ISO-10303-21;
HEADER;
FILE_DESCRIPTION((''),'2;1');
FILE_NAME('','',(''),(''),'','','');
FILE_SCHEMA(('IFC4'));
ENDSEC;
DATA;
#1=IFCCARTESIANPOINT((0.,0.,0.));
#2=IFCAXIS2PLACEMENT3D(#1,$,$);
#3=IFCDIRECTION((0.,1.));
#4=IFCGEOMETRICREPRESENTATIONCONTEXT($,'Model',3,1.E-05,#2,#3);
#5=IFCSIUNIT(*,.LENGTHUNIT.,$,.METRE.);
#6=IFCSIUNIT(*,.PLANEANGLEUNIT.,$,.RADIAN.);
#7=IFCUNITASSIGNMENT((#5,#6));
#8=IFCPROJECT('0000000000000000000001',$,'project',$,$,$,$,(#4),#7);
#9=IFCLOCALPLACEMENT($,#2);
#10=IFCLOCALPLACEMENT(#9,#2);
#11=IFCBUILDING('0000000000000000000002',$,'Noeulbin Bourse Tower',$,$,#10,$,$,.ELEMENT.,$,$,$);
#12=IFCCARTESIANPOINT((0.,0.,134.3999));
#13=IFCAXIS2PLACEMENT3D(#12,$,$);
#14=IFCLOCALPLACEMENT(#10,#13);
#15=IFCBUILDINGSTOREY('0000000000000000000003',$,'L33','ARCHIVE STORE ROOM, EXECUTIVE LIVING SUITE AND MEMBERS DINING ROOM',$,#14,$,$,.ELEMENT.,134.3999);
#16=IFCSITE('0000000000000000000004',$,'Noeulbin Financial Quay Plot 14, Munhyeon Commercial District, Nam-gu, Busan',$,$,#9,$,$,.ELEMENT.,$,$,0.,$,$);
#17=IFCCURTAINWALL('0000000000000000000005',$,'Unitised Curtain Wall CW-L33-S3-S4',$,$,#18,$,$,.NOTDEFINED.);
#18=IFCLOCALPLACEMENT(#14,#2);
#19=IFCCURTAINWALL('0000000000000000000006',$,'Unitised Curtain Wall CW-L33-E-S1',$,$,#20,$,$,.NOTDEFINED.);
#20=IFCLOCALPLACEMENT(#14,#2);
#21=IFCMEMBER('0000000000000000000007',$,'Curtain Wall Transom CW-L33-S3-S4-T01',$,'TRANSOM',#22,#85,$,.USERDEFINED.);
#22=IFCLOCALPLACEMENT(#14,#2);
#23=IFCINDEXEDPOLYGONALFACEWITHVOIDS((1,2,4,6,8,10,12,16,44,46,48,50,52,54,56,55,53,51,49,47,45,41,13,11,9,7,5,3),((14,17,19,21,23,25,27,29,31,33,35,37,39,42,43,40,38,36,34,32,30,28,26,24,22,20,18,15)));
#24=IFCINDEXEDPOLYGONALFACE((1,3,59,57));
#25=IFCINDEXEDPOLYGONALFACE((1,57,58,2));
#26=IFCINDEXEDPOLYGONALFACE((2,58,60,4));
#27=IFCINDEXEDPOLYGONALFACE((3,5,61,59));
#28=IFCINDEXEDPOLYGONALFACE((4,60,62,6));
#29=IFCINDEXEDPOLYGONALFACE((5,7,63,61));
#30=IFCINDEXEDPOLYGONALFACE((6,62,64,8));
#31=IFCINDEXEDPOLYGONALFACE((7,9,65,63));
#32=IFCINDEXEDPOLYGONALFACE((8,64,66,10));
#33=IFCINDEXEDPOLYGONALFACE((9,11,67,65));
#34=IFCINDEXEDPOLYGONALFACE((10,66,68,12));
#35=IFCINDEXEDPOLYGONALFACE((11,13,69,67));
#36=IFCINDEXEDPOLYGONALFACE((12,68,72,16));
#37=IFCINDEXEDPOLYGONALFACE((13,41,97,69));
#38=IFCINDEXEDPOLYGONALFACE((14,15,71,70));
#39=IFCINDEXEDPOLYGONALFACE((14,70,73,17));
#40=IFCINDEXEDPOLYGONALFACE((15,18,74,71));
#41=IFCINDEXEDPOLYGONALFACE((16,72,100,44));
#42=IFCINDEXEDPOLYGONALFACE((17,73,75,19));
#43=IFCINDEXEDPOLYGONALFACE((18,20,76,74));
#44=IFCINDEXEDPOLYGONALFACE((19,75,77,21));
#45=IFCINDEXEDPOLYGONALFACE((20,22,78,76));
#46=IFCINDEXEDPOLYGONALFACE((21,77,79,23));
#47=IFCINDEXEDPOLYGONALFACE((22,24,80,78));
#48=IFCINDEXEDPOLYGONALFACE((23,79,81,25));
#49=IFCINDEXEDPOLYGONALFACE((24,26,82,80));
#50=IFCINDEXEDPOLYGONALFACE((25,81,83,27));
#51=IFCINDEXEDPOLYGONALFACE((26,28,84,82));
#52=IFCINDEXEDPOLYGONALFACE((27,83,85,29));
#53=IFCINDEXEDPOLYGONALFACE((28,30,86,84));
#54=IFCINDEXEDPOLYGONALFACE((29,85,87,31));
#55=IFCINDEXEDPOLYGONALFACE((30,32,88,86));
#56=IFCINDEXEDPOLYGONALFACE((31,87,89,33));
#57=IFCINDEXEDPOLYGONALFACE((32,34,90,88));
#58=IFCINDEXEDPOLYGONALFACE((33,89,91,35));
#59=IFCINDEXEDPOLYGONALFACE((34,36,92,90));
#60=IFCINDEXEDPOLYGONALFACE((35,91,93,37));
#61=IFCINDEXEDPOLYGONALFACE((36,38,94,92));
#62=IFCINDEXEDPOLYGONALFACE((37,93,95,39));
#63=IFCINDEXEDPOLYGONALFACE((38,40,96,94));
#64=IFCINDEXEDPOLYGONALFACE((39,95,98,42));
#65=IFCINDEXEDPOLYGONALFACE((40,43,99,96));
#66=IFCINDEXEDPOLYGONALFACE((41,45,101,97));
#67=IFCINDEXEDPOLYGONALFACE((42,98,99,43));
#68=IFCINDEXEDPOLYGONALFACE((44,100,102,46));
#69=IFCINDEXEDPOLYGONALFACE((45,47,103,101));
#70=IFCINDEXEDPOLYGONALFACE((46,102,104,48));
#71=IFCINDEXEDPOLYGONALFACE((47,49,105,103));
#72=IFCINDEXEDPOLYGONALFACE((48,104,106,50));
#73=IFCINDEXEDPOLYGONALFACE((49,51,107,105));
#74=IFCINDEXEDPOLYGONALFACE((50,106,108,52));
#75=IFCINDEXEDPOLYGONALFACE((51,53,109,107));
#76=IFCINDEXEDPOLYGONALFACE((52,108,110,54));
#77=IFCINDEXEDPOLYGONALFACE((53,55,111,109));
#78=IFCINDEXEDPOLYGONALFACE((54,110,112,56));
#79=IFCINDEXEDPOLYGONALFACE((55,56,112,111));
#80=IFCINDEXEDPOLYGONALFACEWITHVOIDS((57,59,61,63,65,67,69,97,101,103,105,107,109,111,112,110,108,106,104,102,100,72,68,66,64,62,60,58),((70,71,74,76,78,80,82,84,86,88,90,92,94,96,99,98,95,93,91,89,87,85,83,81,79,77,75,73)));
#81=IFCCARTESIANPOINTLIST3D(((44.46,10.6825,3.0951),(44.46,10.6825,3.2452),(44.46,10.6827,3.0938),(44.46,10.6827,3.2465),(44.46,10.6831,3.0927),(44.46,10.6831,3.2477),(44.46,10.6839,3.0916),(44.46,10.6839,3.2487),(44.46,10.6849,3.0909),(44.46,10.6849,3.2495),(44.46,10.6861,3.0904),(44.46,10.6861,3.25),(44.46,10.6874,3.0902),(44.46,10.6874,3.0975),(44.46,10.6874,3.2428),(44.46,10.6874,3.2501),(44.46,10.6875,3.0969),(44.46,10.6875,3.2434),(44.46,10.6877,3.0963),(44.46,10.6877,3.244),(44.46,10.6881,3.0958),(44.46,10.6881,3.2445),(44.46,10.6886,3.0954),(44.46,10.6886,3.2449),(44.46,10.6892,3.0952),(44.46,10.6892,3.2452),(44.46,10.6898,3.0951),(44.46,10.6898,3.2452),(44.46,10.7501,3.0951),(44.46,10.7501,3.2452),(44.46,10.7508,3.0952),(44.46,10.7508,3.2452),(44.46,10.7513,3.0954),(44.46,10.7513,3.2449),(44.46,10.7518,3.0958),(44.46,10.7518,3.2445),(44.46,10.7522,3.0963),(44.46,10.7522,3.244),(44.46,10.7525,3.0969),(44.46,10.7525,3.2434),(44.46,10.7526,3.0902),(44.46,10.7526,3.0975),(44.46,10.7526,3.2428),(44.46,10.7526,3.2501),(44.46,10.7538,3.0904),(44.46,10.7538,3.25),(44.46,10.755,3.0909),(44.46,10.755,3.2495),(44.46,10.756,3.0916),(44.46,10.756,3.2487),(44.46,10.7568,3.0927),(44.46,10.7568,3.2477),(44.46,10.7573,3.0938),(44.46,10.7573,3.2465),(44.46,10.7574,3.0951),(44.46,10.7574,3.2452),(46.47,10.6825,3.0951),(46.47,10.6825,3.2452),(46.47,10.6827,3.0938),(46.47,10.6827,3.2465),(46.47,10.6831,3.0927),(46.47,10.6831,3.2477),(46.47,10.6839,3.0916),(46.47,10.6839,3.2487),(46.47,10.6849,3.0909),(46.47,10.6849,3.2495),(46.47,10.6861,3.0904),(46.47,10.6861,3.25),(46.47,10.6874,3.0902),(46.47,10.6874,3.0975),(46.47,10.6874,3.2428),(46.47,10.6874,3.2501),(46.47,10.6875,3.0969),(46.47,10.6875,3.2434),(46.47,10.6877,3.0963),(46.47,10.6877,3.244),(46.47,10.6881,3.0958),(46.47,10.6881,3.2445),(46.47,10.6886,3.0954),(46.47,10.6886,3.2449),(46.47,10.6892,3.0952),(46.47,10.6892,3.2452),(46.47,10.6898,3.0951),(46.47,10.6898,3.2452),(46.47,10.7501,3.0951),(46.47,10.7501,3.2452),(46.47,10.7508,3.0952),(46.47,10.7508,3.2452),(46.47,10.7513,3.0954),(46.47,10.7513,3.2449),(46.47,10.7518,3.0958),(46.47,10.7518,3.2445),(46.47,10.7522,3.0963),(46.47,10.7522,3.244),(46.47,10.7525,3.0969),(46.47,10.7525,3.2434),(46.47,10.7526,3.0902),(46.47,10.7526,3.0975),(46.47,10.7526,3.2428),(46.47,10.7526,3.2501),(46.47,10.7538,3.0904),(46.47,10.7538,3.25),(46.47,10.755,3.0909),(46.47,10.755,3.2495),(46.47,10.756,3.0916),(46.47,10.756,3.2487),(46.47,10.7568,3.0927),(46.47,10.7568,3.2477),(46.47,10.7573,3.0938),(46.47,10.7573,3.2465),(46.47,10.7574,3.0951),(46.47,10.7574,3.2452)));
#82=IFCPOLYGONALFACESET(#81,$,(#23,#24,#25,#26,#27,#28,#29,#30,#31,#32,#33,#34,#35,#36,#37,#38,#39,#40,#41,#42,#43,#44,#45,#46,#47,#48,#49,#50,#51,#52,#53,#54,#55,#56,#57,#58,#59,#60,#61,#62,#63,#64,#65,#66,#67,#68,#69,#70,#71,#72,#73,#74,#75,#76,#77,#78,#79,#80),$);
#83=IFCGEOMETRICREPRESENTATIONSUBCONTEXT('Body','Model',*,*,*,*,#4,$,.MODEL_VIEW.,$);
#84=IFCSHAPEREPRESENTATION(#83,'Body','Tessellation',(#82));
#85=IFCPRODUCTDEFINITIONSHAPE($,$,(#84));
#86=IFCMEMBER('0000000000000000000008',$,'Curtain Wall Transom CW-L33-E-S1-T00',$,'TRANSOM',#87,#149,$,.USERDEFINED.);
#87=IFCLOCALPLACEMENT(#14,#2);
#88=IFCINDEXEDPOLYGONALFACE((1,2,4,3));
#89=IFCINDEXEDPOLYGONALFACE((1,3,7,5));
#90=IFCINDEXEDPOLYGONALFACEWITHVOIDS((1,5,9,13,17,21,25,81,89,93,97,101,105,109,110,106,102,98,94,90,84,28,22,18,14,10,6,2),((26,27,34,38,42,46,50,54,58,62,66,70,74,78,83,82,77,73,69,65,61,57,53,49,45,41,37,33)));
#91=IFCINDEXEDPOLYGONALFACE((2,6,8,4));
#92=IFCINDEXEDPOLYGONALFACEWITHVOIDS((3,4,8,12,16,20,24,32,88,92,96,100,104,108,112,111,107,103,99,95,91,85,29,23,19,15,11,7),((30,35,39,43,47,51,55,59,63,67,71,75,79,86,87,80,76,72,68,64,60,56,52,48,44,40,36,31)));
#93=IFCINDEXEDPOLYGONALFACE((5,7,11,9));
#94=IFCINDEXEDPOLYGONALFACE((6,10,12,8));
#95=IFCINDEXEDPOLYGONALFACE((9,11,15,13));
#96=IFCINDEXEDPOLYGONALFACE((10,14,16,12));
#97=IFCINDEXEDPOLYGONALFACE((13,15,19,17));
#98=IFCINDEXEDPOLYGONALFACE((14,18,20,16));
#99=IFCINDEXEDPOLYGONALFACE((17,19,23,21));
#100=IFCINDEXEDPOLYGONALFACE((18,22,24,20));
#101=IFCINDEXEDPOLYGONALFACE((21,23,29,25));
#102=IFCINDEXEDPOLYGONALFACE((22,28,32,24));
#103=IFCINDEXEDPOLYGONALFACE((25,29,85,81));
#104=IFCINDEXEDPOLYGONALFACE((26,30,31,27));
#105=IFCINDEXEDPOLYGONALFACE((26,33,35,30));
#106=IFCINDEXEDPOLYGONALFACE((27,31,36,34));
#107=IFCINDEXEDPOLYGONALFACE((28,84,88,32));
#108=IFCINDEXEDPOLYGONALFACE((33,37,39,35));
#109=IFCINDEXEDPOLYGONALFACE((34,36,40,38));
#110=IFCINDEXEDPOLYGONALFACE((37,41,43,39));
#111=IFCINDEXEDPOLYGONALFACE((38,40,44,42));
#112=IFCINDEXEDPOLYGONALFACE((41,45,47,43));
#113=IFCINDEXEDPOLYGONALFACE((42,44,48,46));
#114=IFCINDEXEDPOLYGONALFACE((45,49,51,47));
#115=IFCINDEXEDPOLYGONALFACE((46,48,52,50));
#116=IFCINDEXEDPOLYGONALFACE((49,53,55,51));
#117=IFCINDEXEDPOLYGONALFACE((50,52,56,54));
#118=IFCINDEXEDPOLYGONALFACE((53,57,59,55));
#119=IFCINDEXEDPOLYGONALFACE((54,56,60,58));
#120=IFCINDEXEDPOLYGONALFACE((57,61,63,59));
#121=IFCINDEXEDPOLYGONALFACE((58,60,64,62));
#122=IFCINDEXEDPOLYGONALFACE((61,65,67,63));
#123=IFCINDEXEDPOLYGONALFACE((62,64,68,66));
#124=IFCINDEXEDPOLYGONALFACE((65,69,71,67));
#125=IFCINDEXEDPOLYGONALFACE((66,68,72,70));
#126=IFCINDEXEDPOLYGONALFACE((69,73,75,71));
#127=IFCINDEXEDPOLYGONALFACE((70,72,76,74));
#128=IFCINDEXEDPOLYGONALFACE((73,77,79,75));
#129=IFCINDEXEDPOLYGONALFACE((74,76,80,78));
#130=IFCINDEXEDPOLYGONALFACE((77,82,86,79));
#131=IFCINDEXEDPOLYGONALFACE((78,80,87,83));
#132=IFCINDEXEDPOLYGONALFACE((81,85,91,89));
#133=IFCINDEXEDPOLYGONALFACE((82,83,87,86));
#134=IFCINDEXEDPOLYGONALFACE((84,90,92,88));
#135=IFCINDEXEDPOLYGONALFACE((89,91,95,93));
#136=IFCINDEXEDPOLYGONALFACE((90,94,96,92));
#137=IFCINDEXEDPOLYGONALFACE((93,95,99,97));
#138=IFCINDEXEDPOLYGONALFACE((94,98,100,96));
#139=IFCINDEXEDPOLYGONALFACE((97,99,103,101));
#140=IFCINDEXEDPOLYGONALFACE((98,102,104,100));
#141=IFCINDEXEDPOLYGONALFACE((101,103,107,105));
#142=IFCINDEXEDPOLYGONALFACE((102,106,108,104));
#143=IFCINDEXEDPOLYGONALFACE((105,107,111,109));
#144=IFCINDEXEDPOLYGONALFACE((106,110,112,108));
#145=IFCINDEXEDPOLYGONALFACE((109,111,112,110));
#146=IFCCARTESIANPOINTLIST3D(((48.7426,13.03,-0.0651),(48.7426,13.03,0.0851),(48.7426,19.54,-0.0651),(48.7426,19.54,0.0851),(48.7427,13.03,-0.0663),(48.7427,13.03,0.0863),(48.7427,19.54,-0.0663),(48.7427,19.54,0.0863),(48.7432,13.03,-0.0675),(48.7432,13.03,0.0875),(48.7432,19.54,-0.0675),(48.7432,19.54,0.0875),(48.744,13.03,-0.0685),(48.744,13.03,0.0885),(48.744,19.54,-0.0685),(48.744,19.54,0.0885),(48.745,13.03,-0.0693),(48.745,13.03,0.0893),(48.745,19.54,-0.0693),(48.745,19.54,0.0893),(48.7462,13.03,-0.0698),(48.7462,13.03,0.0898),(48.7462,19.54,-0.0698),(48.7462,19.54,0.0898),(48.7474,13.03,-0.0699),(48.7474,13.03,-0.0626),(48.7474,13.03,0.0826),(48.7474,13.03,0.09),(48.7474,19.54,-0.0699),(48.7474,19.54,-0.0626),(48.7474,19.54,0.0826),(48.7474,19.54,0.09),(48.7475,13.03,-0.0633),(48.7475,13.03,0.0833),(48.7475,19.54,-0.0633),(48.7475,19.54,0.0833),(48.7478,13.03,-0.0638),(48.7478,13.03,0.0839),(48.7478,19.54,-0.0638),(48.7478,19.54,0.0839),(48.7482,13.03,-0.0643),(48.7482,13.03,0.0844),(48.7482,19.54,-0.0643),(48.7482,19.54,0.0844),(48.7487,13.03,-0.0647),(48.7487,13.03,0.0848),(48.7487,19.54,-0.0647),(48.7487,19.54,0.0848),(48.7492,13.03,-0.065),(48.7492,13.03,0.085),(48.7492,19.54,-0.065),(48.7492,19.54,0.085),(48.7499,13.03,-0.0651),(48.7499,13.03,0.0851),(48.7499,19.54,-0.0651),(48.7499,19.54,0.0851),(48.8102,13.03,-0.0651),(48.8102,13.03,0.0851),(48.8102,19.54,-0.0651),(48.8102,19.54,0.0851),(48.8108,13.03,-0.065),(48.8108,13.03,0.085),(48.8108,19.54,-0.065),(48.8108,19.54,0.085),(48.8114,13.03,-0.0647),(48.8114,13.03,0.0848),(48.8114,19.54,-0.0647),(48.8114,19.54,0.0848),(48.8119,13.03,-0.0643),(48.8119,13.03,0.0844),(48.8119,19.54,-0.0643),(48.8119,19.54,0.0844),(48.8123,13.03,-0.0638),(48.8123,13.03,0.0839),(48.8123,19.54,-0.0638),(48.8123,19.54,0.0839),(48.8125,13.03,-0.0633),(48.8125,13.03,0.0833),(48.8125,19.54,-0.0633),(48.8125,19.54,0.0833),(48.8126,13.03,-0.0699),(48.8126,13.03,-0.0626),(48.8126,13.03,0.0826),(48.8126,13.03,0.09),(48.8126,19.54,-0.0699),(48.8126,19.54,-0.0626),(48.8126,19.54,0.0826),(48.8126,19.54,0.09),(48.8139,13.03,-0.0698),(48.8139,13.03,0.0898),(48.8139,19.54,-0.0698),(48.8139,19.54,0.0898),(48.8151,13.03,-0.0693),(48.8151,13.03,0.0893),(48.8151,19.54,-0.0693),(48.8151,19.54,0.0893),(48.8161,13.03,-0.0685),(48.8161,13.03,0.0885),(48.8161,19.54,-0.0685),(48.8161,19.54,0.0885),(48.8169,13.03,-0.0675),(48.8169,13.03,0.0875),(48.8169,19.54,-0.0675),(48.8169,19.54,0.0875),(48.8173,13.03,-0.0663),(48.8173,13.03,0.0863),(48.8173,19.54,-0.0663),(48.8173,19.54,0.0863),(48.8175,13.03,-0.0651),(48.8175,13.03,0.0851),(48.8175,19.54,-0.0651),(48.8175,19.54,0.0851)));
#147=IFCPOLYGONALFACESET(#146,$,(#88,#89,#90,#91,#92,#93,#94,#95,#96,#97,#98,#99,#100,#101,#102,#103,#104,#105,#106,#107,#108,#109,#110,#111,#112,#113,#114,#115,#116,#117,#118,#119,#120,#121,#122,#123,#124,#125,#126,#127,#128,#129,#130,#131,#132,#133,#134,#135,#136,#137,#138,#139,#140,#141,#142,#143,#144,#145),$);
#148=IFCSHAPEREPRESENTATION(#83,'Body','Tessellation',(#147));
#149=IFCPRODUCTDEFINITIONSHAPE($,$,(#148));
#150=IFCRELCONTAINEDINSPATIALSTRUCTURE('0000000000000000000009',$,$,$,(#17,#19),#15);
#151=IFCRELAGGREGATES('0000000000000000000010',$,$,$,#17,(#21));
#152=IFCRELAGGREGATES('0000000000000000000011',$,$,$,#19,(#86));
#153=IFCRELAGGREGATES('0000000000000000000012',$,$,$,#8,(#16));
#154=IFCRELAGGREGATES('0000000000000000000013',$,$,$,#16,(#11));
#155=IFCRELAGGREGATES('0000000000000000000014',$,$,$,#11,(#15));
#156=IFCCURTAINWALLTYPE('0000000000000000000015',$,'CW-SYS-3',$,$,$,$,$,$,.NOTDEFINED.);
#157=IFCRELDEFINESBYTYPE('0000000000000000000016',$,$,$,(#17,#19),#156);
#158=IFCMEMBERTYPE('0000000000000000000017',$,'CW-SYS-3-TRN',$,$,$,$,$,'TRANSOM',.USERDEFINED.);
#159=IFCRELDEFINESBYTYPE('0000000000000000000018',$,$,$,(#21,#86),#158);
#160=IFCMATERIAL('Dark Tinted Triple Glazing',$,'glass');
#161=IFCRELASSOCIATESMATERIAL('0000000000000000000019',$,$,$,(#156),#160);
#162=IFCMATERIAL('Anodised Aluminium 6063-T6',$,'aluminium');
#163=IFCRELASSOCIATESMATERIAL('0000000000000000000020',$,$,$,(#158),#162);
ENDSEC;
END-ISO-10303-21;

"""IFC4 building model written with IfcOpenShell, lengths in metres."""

from ifc_helpers import new_model, si_unit, direction, frame, origin, origin_2d, place, context, subcontext, project, spatial, hollow_rectangle, extrude, material, material_profile, profile_set, type_object, element, aggregate, save


model = new_model("IFC4")

# Units and contexts
model_context = context("Model", 3, precision=1e-05, world=origin(), true_north=direction((0.0, 1.0)))
body_context = subcontext(model_context, "Body", "Model", "MODEL_VIEW")
ifc_project = project(units=[si_unit("LENGTHUNIT", "METRE"), si_unit("PLANEANGLEUNIT", "RADIAN")], contexts=[model_context])

# Site, building, storey
site_placement = place(None, origin())
site = spatial("IfcSite", under=ifc_project, at=site_placement, Name="Noeulbin Financial Quay Plot 14, Munhyeon Commercial District, Nam-gu, Busan", CompositionType="ELEMENT", RefElevation=0.0)
building_placement = place(site_placement, origin())
building = spatial("IfcBuilding", under=site, at=building_placement, Name="Noeulbin Bourse Tower", CompositionType="ELEMENT")
storey_placement = place(building_placement, frame((0.0, 0.0, 134.3999)))
storey = spatial("IfcBuildingStorey", under=building, at=storey_placement, Name="L33", Description="ARCHIVE STORE ROOM, EXECUTIVE LIVING SUITE AND MEMBERS DINING ROOM", CompositionType="ELEMENT", Elevation=134.3999)

# Curtain walls
ifc_material_1 = material(Name="Dark Tinted Triple Glazing", Category="glass")
curtain_wall_type = type_object("IfcCurtainWallType", Name="CW-SYS-3", PredefinedType="NOTDEFINED", material=ifc_material_1)
curtain_wall_1_placement = place(storey_placement, origin())
curtain_wall_1 = element("IfcCurtainWall", 1, at=curtain_wall_1_placement, inside=storey, type_object=curtain_wall_type, Name="Unitised Curtain Wall CW-L33-S3-S4", PredefinedType="NOTDEFINED")
ifc_material_2 = material(Name="Anodised Aluminium 6063-T6", Category="aluminium")
curtain_wall_2_placement = place(storey_placement, origin())
curtain_wall_2 = element("IfcCurtainWall", 2, at=curtain_wall_2_placement, inside=storey, type_object=curtain_wall_type, Name="Unitised Curtain Wall CW-L33-E-S1", PredefinedType="NOTDEFINED")

# Members
ifc_material_profile_1 = material_profile(ifc_material_2, hollow_rectangle(XDim=0.075, YDim=0.1599, WallThickness=0.0049, InnerFilletRadius=0.0024, OuterFilletRadius=0.0049, at=origin_2d()), Name="ALU-TRAN-75x160x5", Category="LoadBearing")
ifc_profile_set_1 = profile_set([ifc_material_profile_1], Name="Anodised Aluminium 6063-T6")
member_type_1 = type_object("IfcMemberType", Name="CW-SYS-3-TRN", ElementType="TRANSOM", PredefinedType="USERDEFINED", material=ifc_profile_set_1)
member_1_placement = place(storey_placement, frame((44.46, 10.72, 3.1702), z_axis=(1.0, 0.0, 0.0), x_axis=(0.0, 1.0, 0.0)))
member_1 = element("IfcMember", 3, at=member_1_placement, type_object=member_type_1, Name="Curtain Wall Transom CW-L33-S3-S4-T01", ObjectType="TRANSOM", PredefinedType="USERDEFINED", context=body_context, shape_type="SweptSolid", body=[
    extrude(hollow_rectangle(XDim=0.075, YDim=0.1599, WallThickness=0.0049, InnerFilletRadius=0.0024, OuterFilletRadius=0.0049, at=origin_2d()), origin(), (0.0, 0.0, 1.0), 2.01),
])
member_2_placement = place(storey_placement, frame((48.78, 13.03, 0.01), z_axis=(0.0, 1.0, 0.0), x_axis=(-1.0, 0.0, 0.0)))
member_2 = element("IfcMember", 4, at=member_2_placement, type_object=member_type_1, Name="Curtain Wall Transom CW-L33-E-S1-T00", ObjectType="TRANSOM", PredefinedType="USERDEFINED", context=body_context, shape_type="SweptSolid", body=[
    extrude(hollow_rectangle(XDim=0.075, YDim=0.1599, WallThickness=0.0049, InnerFilletRadius=0.0024, OuterFilletRadius=0.0049, at=origin_2d()), origin(), (0.0, 0.0, 1.0), 6.51),
])

aggregate(curtain_wall_1, [member_1])
aggregate(curtain_wall_2, [member_2])

save(model, "model.ifc")
